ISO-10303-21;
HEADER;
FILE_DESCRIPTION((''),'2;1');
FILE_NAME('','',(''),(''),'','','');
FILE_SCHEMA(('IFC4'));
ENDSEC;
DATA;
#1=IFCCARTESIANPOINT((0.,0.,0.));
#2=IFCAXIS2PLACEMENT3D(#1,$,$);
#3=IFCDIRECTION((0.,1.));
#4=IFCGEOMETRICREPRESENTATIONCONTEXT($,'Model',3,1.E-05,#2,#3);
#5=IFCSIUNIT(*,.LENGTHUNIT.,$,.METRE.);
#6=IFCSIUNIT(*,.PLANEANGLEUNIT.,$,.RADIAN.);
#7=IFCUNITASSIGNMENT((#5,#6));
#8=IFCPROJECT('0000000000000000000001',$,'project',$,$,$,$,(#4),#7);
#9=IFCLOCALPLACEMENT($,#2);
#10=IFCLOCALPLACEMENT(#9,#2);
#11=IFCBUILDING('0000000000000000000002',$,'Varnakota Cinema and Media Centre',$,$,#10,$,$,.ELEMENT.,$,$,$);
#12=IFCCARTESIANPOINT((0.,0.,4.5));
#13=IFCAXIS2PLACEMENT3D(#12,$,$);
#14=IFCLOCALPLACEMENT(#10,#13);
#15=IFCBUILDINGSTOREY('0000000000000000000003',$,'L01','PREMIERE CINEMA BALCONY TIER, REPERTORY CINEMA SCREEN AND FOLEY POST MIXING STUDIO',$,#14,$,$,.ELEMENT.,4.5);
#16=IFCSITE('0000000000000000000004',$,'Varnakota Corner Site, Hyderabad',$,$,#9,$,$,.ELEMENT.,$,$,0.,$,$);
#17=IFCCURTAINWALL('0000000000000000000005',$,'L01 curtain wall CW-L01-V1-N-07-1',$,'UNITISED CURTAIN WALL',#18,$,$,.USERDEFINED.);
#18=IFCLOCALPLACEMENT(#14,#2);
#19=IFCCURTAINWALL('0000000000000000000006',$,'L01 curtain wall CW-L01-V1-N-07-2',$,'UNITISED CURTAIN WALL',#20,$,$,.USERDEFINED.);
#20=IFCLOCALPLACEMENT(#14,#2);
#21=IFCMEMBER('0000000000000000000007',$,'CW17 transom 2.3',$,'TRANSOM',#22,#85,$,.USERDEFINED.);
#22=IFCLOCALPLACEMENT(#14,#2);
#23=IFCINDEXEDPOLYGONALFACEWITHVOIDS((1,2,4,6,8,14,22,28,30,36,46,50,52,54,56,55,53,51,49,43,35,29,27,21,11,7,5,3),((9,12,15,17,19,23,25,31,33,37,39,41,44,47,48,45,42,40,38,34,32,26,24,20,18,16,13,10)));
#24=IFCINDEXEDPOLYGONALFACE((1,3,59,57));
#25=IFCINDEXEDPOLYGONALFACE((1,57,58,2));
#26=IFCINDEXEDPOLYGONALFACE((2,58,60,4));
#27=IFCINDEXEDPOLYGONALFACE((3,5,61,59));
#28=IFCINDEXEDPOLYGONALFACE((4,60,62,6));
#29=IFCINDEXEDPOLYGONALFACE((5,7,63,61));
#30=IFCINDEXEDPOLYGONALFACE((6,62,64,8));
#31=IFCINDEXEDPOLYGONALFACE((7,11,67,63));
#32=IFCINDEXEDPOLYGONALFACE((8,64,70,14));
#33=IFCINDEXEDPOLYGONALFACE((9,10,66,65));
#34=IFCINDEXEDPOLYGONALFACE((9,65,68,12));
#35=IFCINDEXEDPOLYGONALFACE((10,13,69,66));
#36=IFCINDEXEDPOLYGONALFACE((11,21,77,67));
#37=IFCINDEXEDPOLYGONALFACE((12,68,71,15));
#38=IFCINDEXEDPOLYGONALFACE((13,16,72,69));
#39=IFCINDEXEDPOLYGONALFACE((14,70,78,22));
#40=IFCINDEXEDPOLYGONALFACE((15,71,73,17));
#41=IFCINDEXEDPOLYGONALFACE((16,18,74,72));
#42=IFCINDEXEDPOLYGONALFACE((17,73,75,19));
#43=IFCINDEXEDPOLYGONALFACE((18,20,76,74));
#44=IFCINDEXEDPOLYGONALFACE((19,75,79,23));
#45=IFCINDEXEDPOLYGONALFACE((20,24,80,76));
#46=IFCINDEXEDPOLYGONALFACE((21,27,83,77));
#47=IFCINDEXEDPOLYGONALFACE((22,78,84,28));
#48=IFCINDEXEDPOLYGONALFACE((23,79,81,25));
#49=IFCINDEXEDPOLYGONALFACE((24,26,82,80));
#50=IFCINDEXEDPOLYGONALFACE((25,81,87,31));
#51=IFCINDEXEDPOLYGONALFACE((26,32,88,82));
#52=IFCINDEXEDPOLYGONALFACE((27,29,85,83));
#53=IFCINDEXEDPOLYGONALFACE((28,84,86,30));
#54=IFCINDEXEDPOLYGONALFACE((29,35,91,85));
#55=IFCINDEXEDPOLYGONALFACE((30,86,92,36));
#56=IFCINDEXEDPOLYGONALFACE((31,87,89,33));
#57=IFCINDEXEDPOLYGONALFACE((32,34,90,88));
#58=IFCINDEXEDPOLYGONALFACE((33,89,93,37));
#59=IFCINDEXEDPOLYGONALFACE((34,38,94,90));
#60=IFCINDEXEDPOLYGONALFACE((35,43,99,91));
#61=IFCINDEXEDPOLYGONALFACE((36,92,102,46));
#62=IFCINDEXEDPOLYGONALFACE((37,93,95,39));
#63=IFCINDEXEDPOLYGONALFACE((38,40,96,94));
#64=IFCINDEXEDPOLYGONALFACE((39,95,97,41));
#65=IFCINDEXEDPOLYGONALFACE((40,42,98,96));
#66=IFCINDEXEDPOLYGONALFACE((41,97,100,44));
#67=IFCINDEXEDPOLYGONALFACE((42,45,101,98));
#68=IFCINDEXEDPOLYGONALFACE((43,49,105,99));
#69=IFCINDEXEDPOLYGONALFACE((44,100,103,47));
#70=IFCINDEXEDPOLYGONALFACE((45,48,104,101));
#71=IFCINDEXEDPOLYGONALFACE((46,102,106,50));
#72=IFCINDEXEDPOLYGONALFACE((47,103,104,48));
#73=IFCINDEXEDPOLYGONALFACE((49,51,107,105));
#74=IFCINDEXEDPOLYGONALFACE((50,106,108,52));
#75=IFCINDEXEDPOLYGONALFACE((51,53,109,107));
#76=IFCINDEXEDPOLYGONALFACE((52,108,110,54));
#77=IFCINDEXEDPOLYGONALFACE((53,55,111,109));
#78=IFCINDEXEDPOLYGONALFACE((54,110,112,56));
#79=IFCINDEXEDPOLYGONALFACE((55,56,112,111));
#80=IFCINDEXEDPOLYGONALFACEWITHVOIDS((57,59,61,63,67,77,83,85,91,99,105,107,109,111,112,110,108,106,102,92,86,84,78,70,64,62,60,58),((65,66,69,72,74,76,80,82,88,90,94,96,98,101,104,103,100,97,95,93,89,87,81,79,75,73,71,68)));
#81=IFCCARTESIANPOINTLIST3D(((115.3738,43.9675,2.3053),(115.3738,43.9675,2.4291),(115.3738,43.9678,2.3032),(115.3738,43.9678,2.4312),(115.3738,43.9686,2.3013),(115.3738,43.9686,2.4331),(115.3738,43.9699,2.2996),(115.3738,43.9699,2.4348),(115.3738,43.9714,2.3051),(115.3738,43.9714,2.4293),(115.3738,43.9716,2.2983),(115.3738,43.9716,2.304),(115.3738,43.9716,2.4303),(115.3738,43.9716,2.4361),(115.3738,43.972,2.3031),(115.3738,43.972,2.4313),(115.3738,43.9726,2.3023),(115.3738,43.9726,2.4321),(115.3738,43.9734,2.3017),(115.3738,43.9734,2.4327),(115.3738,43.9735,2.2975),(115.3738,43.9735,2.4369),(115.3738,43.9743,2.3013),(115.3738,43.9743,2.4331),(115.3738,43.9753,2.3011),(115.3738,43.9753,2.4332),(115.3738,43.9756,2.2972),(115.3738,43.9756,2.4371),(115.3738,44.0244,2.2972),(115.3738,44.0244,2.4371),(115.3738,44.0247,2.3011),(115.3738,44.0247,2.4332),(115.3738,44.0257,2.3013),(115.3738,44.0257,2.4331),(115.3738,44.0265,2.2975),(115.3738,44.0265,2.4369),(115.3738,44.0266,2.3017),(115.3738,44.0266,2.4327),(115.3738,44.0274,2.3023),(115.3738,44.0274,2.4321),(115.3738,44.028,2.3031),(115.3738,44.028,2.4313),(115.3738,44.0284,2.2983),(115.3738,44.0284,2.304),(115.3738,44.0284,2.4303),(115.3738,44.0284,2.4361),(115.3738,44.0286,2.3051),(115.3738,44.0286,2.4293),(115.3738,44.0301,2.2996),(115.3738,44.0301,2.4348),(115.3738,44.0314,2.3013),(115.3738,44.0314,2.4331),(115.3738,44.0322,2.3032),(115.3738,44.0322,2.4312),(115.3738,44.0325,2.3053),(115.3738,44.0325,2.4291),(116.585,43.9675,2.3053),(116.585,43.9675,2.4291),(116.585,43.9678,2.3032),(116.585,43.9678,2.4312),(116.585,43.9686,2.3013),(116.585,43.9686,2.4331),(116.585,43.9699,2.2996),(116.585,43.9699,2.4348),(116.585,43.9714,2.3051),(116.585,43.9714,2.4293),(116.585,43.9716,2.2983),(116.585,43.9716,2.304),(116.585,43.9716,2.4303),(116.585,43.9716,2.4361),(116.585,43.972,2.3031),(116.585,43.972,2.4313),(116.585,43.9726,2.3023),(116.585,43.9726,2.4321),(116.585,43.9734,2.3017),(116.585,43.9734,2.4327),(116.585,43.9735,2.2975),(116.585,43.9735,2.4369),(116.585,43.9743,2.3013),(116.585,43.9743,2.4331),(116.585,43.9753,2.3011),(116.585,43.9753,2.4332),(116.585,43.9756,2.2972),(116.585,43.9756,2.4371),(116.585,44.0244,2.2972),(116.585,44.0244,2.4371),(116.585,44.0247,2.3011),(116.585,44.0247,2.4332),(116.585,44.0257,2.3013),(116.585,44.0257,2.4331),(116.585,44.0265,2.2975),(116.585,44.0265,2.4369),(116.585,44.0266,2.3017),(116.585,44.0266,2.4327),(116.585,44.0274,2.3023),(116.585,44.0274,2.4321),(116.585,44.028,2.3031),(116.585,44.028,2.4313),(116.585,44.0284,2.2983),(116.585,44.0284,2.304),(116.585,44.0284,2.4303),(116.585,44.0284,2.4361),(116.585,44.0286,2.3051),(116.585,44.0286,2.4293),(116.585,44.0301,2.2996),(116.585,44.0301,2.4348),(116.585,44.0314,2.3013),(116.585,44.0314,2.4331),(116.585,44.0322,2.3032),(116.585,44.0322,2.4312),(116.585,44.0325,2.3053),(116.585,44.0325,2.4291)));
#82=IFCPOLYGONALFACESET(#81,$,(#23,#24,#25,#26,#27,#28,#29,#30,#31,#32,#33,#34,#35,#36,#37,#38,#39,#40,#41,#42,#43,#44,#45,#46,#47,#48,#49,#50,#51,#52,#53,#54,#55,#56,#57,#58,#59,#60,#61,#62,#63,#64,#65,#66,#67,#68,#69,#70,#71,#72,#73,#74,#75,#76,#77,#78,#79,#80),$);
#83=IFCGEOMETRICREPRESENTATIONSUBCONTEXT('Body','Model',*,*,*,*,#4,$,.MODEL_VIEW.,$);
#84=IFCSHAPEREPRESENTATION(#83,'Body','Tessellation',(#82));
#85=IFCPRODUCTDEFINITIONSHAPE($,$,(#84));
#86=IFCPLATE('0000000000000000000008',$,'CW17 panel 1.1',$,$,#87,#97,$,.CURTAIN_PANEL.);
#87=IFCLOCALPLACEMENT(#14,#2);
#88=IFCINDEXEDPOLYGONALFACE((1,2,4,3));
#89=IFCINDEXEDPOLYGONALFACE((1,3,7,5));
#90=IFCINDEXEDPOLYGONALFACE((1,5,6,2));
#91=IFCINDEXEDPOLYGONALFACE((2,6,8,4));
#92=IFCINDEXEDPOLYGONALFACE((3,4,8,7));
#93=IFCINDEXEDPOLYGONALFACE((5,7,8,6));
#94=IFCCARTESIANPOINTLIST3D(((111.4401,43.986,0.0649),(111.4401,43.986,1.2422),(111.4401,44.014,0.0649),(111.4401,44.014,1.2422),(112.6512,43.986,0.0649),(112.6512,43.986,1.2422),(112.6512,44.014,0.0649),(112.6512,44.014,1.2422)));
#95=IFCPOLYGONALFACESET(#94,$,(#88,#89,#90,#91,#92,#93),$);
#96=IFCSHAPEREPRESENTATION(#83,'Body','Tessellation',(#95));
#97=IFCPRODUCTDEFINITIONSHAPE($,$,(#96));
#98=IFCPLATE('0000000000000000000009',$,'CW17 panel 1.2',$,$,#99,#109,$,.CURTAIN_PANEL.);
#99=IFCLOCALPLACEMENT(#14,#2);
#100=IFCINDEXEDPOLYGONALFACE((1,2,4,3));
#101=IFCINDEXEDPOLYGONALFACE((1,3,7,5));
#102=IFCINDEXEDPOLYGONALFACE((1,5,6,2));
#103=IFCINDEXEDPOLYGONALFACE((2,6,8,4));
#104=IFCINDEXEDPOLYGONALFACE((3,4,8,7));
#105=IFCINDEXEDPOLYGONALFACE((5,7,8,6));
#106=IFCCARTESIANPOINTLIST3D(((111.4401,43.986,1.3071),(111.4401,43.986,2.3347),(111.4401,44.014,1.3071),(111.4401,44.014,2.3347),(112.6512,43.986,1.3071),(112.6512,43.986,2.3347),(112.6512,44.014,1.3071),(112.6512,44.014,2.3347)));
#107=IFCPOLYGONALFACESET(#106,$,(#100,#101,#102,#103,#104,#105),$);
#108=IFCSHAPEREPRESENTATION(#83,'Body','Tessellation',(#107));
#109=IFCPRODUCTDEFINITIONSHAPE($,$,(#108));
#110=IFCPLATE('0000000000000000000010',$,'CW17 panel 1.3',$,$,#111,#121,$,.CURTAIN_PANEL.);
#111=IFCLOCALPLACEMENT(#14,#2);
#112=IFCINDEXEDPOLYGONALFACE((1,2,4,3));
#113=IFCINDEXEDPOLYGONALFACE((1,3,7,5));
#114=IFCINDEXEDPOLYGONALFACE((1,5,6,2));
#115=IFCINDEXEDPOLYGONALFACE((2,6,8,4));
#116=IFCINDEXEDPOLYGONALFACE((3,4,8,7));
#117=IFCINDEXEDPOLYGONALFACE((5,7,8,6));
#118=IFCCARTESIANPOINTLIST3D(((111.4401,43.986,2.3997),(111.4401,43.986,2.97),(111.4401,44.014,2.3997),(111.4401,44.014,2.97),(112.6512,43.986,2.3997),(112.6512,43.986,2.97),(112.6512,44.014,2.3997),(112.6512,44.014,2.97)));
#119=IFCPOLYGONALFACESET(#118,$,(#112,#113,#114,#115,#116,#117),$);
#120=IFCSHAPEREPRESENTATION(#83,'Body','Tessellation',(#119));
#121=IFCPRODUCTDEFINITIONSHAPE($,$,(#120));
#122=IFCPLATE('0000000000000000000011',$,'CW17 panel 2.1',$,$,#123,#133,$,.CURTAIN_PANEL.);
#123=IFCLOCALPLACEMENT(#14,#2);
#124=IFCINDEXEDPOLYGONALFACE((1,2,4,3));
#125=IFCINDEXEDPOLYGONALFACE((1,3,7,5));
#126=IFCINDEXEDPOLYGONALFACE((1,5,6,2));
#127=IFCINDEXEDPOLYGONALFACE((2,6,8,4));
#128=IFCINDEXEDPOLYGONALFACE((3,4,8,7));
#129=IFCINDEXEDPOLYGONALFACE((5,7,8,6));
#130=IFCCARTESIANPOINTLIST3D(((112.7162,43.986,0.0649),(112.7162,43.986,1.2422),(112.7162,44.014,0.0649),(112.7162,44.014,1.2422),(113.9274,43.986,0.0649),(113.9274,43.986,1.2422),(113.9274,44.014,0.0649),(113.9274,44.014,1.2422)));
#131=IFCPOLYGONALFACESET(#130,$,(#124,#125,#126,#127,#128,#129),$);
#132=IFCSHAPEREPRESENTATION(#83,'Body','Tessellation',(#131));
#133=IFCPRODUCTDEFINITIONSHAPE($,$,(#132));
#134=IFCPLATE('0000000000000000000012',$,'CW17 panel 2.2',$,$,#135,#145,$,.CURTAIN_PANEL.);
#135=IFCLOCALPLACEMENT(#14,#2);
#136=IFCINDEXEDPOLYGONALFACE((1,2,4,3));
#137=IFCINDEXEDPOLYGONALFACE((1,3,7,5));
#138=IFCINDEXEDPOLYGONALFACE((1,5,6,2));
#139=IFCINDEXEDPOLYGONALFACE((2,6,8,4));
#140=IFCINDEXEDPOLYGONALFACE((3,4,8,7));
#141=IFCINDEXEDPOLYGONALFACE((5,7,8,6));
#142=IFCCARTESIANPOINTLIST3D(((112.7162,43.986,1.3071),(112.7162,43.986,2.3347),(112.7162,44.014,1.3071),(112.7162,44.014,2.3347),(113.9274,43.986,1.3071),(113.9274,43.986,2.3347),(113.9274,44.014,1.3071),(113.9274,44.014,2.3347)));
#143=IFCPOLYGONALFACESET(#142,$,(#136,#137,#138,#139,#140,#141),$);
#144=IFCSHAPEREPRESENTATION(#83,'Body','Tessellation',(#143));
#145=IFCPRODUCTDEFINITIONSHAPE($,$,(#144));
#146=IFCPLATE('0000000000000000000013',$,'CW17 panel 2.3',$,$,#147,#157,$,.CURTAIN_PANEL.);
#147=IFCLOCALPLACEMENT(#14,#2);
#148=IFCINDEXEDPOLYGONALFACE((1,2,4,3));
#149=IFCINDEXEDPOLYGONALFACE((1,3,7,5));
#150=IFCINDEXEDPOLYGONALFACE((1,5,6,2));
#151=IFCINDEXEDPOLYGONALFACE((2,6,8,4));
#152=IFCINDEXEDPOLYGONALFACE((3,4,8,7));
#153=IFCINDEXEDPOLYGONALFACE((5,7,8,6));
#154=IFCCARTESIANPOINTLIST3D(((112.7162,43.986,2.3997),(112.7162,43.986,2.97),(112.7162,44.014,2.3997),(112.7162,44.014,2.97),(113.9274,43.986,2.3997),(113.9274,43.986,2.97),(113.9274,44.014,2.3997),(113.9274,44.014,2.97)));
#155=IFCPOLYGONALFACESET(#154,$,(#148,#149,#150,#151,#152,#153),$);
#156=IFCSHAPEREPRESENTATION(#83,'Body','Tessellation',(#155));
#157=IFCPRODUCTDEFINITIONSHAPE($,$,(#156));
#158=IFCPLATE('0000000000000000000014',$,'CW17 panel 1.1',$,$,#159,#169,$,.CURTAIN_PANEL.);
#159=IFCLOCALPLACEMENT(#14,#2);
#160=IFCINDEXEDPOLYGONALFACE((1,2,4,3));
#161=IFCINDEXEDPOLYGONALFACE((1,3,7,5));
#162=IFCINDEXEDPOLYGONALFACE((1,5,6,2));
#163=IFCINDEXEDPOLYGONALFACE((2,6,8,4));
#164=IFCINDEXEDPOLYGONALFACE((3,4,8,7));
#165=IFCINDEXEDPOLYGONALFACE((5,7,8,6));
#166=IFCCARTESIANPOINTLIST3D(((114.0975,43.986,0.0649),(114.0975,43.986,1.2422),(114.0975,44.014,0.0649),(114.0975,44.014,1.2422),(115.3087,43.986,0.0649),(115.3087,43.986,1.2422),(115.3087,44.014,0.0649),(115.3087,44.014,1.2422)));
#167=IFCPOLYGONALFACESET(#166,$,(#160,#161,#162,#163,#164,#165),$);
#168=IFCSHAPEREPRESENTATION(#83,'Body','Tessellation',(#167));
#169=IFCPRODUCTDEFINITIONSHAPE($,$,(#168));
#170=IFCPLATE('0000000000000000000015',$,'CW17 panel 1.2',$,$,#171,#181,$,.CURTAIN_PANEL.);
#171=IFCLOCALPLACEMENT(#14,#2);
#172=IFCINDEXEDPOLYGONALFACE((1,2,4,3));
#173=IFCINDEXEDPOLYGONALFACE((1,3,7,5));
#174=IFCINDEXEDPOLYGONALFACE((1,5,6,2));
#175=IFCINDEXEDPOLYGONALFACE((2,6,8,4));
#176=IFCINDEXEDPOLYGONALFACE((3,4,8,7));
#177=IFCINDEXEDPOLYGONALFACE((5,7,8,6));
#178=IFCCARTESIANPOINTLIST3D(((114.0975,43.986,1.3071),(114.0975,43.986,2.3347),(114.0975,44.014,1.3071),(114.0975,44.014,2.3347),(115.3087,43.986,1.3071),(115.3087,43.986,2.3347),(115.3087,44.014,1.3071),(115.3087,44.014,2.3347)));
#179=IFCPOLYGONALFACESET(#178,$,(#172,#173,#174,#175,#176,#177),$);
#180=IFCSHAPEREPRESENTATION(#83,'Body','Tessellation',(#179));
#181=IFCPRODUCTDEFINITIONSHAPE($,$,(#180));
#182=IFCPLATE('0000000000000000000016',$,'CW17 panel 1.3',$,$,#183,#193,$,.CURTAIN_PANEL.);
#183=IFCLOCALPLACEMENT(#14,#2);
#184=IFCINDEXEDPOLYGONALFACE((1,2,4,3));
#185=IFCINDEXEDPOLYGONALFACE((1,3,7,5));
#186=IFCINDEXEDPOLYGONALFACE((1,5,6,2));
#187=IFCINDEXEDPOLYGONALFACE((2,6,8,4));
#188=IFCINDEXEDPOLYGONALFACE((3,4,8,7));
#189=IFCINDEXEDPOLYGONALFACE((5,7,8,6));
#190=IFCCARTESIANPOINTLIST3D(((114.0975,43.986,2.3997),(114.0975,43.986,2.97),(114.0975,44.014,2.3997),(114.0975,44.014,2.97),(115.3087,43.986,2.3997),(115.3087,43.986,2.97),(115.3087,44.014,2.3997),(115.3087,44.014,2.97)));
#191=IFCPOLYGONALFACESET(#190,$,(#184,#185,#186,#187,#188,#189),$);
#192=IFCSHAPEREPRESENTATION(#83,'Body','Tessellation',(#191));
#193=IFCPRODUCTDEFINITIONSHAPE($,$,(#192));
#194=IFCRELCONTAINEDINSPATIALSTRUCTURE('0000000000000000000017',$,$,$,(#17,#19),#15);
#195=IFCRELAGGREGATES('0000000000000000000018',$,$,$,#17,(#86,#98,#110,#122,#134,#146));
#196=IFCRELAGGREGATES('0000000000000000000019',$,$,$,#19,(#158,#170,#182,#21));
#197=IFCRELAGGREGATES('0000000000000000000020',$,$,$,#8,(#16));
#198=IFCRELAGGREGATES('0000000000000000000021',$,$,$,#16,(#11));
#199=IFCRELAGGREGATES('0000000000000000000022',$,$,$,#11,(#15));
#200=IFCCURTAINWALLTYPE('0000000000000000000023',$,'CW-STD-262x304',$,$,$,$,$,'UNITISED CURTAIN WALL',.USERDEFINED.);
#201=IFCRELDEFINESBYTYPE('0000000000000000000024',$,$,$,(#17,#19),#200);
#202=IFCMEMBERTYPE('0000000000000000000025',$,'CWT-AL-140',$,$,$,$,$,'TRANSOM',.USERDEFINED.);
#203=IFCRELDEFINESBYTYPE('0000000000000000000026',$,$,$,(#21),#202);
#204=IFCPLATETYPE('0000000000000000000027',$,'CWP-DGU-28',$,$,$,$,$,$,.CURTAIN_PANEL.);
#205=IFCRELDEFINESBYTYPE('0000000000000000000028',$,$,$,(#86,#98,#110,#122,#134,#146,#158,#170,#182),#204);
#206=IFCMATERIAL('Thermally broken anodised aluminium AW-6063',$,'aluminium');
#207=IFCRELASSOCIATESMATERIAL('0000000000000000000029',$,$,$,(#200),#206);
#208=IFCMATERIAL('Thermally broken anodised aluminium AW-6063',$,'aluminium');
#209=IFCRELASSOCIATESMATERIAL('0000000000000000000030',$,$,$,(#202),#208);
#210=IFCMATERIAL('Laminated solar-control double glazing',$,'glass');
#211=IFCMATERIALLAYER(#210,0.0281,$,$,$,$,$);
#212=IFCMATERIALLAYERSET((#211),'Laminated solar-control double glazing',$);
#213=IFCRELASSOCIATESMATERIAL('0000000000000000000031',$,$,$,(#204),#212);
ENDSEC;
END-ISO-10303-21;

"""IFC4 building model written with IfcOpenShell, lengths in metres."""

from ifc_helpers import new_model, si_unit, direction, frame, origin, origin_2d, place, context, subcontext, project, spatial, rectangle, hollow_rectangle, extrude, material, layer, layer_set, material_profile, profile_set, type_object, element, aggregate, save


model = new_model("IFC4")

# Units and contexts
model_context = context("Model", 3, precision=1e-05, world=origin(), true_north=direction((0.0, 1.0)))
body_context = subcontext(model_context, "Body", "Model", "MODEL_VIEW")
ifc_project = project(units=[si_unit("LENGTHUNIT", "METRE"), si_unit("PLANEANGLEUNIT", "RADIAN")], contexts=[model_context])

# Site, building, storey
site_placement = place(None, origin())
site = spatial("IfcSite", under=ifc_project, at=site_placement, Name="Varnakota Corner Site, Hyderabad", CompositionType="ELEMENT", RefElevation=0.0)
building_placement = place(site_placement, origin())
building = spatial("IfcBuilding", under=site, at=building_placement, Name="Varnakota Cinema and Media Centre", CompositionType="ELEMENT")
storey_placement = place(building_placement, frame((0.0, 0.0, 4.5)))
storey = spatial("IfcBuildingStorey", under=building, at=storey_placement, Name="L01", Description="PREMIERE CINEMA BALCONY TIER, REPERTORY CINEMA SCREEN AND FOLEY POST MIXING STUDIO", CompositionType="ELEMENT", Elevation=4.5)

# Shared definitions
ifc_material_1 = material(Name="Thermally broken anodised aluminium AW-6063", Category="aluminium")
curtain_wall_type = type_object("IfcCurtainWallType", Name="CW-STD-262x304", ElementType="UNITISED CURTAIN WALL", PredefinedType="USERDEFINED", material=ifc_material_1)

# Curtain walls
curtain_wall_1_placement = place(storey_placement, origin())
curtain_wall_1 = element("IfcCurtainWall", 1, at=curtain_wall_1_placement, inside=storey, type_object=curtain_wall_type, Name="L01 curtain wall CW-L01-V1-N-07-1", ObjectType="UNITISED CURTAIN WALL", PredefinedType="USERDEFINED")
curtain_wall_2_placement = place(storey_placement, origin())
curtain_wall_2 = element("IfcCurtainWall", 2, at=curtain_wall_2_placement, inside=storey, type_object=curtain_wall_type, Name="L01 curtain wall CW-L01-V1-N-07-2", ObjectType="UNITISED CURTAIN WALL", PredefinedType="USERDEFINED")

# Member
ifc_material_2 = material(Name="Thermally broken anodised aluminium AW-6063", Category="aluminium")
ifc_material_profile_1 = material_profile(ifc_material_2, hollow_rectangle(XDim=0.0649, YDim=0.1399, WallThickness=0.0039, InnerFilletRadius=0.0039, OuterFilletRadius=0.0081, at=origin_2d()), Name="AL-TRANSOM 140x65x4")
ifc_profile_set_1 = profile_set([ifc_material_profile_1], Name="Thermally broken anodised aluminium AW-6063")
member_type_1 = type_object("IfcMemberType", Name="CWT-AL-140", ElementType="TRANSOM", PredefinedType="USERDEFINED", material=ifc_profile_set_1)
member_1_placement = place(storey_placement, frame((115.3738, 44.0, 2.3672), z_axis=(1.0, 0.0, 0.0), x_axis=(0.0, 1.0, 0.0)))
member_1 = element("IfcMember", 3, at=member_1_placement, type_object=member_type_1, Name="CW17 transom 2.3", ObjectType="TRANSOM", PredefinedType="USERDEFINED", context=body_context, shape_type="SweptSolid", body=[
    extrude(hollow_rectangle(XDim=0.0649, YDim=0.1399, WallThickness=0.0039, InnerFilletRadius=0.0039, OuterFilletRadius=0.0081, at=origin_2d()), origin(), (0.0, 0.0, 1.0), 1.2112),
])

# Plates
ifc_material_3 = material(Name="Laminated solar-control double glazing", Category="glass")
ifc_layer = layer(ifc_material_3, 0.0281)
ifc_layer_set = layer_set([ifc_layer], Name="Laminated solar-control double glazing")
plate_type = type_object("IfcPlateType", Name="CWP-DGU-28", PredefinedType="CURTAIN_PANEL", material=ifc_layer_set)
plate_1_placement = place(storey_placement, frame((112.0457, 44.0, 0.0649), z_axis=(0.0, 0.0, 1.0), x_axis=(1.0, 0.0, 0.0)))
plate_1 = element("IfcPlate", 4, at=plate_1_placement, type_object=plate_type, Name="CW17 panel 1.1", PredefinedType="CURTAIN_PANEL", context=body_context, shape_type="SweptSolid", body=[
    extrude(rectangle(XDim=1.2112, YDim=0.0281, at=origin_2d()), origin(), (0.0, 0.0, 1.0), 1.1772),
])
plate_2_placement = place(storey_placement, frame((112.0457, 44.0, 1.3071), z_axis=(0.0, 0.0, 1.0), x_axis=(1.0, 0.0, 0.0)))
plate_2 = element("IfcPlate", 5, at=plate_2_placement, type_object=plate_type, Name="CW17 panel 1.2", PredefinedType="CURTAIN_PANEL", context=body_context, shape_type="SweptSolid", body=[
    extrude(rectangle(XDim=1.2112, YDim=0.0281, at=origin_2d()), origin(), (0.0, 0.0, 1.0), 1.0276),
])
plate_3_placement = place(storey_placement, frame((112.0457, 44.0, 2.3997), z_axis=(0.0, 0.0, 1.0), x_axis=(1.0, 0.0, 0.0)))
plate_3 = element("IfcPlate", 6, at=plate_3_placement, type_object=plate_type, Name="CW17 panel 1.3", PredefinedType="CURTAIN_PANEL", context=body_context, shape_type="SweptSolid", body=[
    extrude(rectangle(XDim=1.2112, YDim=0.0281, at=origin_2d()), origin(), (0.0, 0.0, 1.0), 0.5703),
])
plate_4_placement = place(storey_placement, frame((113.3218, 44.0, 0.0649), z_axis=(0.0, 0.0, 1.0), x_axis=(1.0, 0.0, 0.0)))
plate_4 = element("IfcPlate", 7, at=plate_4_placement, type_object=plate_type, Name="CW17 panel 2.1", PredefinedType="CURTAIN_PANEL", context=body_context, shape_type="SweptSolid", body=[
    extrude(rectangle(XDim=1.2112, YDim=0.0281, at=origin_2d()), origin(), (0.0, 0.0, 1.0), 1.1772),
])
plate_5_placement = place(storey_placement, frame((113.3218, 44.0, 1.3071), z_axis=(0.0, 0.0, 1.0), x_axis=(1.0, 0.0, 0.0)))
plate_5 = element("IfcPlate", 8, at=plate_5_placement, type_object=plate_type, Name="CW17 panel 2.2", PredefinedType="CURTAIN_PANEL", context=body_context, shape_type="SweptSolid", body=[
    extrude(rectangle(XDim=1.2112, YDim=0.0281, at=origin_2d()), origin(), (0.0, 0.0, 1.0), 1.0276),
])
plate_6_placement = place(storey_placement, frame((113.3218, 44.0, 2.3997), z_axis=(0.0, 0.0, 1.0), x_axis=(1.0, 0.0, 0.0)))
plate_6 = element("IfcPlate", 9, at=plate_6_placement, type_object=plate_type, Name="CW17 panel 2.3", PredefinedType="CURTAIN_PANEL", context=body_context, shape_type="SweptSolid", body=[
    extrude(rectangle(XDim=1.2112, YDim=0.0281, at=origin_2d()), origin(), (0.0, 0.0, 1.0), 0.5703),
])
aggregate(curtain_wall_1, [plate_1, plate_2, plate_3, plate_4, plate_5, plate_6])
plate_7_placement = place(storey_placement, frame((114.7031, 44.0, 0.0649), z_axis=(0.0, 0.0, 1.0), x_axis=(1.0, 0.0, 0.0)))
plate_7 = element("IfcPlate", 10, at=plate_7_placement, type_object=plate_type, Name="CW17 panel 1.1", PredefinedType="CURTAIN_PANEL", context=body_context, shape_type="SweptSolid", body=[
    extrude(rectangle(XDim=1.2112, YDim=0.0281, at=origin_2d()), origin(), (0.0, 0.0, 1.0), 1.1772),
])
plate_8_placement = place(storey_placement, frame((114.7031, 44.0, 1.3071), z_axis=(0.0, 0.0, 1.0), x_axis=(1.0, 0.0, 0.0)))
plate_8 = element("IfcPlate", 11, at=plate_8_placement, type_object=plate_type, Name="CW17 panel 1.2", PredefinedType="CURTAIN_PANEL", context=body_context, shape_type="SweptSolid", body=[
    extrude(rectangle(XDim=1.2112, YDim=0.0281, at=origin_2d()), origin(), (0.0, 0.0, 1.0), 1.0276),
])
plate_9_placement = place(storey_placement, frame((114.7031, 44.0, 2.3997), z_axis=(0.0, 0.0, 1.0), x_axis=(1.0, 0.0, 0.0)))
plate_9 = element("IfcPlate", 12, at=plate_9_placement, type_object=plate_type, Name="CW17 panel 1.3", PredefinedType="CURTAIN_PANEL", context=body_context, shape_type="SweptSolid", body=[
    extrude(rectangle(XDim=1.2112, YDim=0.0281, at=origin_2d()), origin(), (0.0, 0.0, 1.0), 0.5703),
])
aggregate(curtain_wall_2, [plate_7, plate_8, plate_9, member_1])

save(model, "model.ifc")
